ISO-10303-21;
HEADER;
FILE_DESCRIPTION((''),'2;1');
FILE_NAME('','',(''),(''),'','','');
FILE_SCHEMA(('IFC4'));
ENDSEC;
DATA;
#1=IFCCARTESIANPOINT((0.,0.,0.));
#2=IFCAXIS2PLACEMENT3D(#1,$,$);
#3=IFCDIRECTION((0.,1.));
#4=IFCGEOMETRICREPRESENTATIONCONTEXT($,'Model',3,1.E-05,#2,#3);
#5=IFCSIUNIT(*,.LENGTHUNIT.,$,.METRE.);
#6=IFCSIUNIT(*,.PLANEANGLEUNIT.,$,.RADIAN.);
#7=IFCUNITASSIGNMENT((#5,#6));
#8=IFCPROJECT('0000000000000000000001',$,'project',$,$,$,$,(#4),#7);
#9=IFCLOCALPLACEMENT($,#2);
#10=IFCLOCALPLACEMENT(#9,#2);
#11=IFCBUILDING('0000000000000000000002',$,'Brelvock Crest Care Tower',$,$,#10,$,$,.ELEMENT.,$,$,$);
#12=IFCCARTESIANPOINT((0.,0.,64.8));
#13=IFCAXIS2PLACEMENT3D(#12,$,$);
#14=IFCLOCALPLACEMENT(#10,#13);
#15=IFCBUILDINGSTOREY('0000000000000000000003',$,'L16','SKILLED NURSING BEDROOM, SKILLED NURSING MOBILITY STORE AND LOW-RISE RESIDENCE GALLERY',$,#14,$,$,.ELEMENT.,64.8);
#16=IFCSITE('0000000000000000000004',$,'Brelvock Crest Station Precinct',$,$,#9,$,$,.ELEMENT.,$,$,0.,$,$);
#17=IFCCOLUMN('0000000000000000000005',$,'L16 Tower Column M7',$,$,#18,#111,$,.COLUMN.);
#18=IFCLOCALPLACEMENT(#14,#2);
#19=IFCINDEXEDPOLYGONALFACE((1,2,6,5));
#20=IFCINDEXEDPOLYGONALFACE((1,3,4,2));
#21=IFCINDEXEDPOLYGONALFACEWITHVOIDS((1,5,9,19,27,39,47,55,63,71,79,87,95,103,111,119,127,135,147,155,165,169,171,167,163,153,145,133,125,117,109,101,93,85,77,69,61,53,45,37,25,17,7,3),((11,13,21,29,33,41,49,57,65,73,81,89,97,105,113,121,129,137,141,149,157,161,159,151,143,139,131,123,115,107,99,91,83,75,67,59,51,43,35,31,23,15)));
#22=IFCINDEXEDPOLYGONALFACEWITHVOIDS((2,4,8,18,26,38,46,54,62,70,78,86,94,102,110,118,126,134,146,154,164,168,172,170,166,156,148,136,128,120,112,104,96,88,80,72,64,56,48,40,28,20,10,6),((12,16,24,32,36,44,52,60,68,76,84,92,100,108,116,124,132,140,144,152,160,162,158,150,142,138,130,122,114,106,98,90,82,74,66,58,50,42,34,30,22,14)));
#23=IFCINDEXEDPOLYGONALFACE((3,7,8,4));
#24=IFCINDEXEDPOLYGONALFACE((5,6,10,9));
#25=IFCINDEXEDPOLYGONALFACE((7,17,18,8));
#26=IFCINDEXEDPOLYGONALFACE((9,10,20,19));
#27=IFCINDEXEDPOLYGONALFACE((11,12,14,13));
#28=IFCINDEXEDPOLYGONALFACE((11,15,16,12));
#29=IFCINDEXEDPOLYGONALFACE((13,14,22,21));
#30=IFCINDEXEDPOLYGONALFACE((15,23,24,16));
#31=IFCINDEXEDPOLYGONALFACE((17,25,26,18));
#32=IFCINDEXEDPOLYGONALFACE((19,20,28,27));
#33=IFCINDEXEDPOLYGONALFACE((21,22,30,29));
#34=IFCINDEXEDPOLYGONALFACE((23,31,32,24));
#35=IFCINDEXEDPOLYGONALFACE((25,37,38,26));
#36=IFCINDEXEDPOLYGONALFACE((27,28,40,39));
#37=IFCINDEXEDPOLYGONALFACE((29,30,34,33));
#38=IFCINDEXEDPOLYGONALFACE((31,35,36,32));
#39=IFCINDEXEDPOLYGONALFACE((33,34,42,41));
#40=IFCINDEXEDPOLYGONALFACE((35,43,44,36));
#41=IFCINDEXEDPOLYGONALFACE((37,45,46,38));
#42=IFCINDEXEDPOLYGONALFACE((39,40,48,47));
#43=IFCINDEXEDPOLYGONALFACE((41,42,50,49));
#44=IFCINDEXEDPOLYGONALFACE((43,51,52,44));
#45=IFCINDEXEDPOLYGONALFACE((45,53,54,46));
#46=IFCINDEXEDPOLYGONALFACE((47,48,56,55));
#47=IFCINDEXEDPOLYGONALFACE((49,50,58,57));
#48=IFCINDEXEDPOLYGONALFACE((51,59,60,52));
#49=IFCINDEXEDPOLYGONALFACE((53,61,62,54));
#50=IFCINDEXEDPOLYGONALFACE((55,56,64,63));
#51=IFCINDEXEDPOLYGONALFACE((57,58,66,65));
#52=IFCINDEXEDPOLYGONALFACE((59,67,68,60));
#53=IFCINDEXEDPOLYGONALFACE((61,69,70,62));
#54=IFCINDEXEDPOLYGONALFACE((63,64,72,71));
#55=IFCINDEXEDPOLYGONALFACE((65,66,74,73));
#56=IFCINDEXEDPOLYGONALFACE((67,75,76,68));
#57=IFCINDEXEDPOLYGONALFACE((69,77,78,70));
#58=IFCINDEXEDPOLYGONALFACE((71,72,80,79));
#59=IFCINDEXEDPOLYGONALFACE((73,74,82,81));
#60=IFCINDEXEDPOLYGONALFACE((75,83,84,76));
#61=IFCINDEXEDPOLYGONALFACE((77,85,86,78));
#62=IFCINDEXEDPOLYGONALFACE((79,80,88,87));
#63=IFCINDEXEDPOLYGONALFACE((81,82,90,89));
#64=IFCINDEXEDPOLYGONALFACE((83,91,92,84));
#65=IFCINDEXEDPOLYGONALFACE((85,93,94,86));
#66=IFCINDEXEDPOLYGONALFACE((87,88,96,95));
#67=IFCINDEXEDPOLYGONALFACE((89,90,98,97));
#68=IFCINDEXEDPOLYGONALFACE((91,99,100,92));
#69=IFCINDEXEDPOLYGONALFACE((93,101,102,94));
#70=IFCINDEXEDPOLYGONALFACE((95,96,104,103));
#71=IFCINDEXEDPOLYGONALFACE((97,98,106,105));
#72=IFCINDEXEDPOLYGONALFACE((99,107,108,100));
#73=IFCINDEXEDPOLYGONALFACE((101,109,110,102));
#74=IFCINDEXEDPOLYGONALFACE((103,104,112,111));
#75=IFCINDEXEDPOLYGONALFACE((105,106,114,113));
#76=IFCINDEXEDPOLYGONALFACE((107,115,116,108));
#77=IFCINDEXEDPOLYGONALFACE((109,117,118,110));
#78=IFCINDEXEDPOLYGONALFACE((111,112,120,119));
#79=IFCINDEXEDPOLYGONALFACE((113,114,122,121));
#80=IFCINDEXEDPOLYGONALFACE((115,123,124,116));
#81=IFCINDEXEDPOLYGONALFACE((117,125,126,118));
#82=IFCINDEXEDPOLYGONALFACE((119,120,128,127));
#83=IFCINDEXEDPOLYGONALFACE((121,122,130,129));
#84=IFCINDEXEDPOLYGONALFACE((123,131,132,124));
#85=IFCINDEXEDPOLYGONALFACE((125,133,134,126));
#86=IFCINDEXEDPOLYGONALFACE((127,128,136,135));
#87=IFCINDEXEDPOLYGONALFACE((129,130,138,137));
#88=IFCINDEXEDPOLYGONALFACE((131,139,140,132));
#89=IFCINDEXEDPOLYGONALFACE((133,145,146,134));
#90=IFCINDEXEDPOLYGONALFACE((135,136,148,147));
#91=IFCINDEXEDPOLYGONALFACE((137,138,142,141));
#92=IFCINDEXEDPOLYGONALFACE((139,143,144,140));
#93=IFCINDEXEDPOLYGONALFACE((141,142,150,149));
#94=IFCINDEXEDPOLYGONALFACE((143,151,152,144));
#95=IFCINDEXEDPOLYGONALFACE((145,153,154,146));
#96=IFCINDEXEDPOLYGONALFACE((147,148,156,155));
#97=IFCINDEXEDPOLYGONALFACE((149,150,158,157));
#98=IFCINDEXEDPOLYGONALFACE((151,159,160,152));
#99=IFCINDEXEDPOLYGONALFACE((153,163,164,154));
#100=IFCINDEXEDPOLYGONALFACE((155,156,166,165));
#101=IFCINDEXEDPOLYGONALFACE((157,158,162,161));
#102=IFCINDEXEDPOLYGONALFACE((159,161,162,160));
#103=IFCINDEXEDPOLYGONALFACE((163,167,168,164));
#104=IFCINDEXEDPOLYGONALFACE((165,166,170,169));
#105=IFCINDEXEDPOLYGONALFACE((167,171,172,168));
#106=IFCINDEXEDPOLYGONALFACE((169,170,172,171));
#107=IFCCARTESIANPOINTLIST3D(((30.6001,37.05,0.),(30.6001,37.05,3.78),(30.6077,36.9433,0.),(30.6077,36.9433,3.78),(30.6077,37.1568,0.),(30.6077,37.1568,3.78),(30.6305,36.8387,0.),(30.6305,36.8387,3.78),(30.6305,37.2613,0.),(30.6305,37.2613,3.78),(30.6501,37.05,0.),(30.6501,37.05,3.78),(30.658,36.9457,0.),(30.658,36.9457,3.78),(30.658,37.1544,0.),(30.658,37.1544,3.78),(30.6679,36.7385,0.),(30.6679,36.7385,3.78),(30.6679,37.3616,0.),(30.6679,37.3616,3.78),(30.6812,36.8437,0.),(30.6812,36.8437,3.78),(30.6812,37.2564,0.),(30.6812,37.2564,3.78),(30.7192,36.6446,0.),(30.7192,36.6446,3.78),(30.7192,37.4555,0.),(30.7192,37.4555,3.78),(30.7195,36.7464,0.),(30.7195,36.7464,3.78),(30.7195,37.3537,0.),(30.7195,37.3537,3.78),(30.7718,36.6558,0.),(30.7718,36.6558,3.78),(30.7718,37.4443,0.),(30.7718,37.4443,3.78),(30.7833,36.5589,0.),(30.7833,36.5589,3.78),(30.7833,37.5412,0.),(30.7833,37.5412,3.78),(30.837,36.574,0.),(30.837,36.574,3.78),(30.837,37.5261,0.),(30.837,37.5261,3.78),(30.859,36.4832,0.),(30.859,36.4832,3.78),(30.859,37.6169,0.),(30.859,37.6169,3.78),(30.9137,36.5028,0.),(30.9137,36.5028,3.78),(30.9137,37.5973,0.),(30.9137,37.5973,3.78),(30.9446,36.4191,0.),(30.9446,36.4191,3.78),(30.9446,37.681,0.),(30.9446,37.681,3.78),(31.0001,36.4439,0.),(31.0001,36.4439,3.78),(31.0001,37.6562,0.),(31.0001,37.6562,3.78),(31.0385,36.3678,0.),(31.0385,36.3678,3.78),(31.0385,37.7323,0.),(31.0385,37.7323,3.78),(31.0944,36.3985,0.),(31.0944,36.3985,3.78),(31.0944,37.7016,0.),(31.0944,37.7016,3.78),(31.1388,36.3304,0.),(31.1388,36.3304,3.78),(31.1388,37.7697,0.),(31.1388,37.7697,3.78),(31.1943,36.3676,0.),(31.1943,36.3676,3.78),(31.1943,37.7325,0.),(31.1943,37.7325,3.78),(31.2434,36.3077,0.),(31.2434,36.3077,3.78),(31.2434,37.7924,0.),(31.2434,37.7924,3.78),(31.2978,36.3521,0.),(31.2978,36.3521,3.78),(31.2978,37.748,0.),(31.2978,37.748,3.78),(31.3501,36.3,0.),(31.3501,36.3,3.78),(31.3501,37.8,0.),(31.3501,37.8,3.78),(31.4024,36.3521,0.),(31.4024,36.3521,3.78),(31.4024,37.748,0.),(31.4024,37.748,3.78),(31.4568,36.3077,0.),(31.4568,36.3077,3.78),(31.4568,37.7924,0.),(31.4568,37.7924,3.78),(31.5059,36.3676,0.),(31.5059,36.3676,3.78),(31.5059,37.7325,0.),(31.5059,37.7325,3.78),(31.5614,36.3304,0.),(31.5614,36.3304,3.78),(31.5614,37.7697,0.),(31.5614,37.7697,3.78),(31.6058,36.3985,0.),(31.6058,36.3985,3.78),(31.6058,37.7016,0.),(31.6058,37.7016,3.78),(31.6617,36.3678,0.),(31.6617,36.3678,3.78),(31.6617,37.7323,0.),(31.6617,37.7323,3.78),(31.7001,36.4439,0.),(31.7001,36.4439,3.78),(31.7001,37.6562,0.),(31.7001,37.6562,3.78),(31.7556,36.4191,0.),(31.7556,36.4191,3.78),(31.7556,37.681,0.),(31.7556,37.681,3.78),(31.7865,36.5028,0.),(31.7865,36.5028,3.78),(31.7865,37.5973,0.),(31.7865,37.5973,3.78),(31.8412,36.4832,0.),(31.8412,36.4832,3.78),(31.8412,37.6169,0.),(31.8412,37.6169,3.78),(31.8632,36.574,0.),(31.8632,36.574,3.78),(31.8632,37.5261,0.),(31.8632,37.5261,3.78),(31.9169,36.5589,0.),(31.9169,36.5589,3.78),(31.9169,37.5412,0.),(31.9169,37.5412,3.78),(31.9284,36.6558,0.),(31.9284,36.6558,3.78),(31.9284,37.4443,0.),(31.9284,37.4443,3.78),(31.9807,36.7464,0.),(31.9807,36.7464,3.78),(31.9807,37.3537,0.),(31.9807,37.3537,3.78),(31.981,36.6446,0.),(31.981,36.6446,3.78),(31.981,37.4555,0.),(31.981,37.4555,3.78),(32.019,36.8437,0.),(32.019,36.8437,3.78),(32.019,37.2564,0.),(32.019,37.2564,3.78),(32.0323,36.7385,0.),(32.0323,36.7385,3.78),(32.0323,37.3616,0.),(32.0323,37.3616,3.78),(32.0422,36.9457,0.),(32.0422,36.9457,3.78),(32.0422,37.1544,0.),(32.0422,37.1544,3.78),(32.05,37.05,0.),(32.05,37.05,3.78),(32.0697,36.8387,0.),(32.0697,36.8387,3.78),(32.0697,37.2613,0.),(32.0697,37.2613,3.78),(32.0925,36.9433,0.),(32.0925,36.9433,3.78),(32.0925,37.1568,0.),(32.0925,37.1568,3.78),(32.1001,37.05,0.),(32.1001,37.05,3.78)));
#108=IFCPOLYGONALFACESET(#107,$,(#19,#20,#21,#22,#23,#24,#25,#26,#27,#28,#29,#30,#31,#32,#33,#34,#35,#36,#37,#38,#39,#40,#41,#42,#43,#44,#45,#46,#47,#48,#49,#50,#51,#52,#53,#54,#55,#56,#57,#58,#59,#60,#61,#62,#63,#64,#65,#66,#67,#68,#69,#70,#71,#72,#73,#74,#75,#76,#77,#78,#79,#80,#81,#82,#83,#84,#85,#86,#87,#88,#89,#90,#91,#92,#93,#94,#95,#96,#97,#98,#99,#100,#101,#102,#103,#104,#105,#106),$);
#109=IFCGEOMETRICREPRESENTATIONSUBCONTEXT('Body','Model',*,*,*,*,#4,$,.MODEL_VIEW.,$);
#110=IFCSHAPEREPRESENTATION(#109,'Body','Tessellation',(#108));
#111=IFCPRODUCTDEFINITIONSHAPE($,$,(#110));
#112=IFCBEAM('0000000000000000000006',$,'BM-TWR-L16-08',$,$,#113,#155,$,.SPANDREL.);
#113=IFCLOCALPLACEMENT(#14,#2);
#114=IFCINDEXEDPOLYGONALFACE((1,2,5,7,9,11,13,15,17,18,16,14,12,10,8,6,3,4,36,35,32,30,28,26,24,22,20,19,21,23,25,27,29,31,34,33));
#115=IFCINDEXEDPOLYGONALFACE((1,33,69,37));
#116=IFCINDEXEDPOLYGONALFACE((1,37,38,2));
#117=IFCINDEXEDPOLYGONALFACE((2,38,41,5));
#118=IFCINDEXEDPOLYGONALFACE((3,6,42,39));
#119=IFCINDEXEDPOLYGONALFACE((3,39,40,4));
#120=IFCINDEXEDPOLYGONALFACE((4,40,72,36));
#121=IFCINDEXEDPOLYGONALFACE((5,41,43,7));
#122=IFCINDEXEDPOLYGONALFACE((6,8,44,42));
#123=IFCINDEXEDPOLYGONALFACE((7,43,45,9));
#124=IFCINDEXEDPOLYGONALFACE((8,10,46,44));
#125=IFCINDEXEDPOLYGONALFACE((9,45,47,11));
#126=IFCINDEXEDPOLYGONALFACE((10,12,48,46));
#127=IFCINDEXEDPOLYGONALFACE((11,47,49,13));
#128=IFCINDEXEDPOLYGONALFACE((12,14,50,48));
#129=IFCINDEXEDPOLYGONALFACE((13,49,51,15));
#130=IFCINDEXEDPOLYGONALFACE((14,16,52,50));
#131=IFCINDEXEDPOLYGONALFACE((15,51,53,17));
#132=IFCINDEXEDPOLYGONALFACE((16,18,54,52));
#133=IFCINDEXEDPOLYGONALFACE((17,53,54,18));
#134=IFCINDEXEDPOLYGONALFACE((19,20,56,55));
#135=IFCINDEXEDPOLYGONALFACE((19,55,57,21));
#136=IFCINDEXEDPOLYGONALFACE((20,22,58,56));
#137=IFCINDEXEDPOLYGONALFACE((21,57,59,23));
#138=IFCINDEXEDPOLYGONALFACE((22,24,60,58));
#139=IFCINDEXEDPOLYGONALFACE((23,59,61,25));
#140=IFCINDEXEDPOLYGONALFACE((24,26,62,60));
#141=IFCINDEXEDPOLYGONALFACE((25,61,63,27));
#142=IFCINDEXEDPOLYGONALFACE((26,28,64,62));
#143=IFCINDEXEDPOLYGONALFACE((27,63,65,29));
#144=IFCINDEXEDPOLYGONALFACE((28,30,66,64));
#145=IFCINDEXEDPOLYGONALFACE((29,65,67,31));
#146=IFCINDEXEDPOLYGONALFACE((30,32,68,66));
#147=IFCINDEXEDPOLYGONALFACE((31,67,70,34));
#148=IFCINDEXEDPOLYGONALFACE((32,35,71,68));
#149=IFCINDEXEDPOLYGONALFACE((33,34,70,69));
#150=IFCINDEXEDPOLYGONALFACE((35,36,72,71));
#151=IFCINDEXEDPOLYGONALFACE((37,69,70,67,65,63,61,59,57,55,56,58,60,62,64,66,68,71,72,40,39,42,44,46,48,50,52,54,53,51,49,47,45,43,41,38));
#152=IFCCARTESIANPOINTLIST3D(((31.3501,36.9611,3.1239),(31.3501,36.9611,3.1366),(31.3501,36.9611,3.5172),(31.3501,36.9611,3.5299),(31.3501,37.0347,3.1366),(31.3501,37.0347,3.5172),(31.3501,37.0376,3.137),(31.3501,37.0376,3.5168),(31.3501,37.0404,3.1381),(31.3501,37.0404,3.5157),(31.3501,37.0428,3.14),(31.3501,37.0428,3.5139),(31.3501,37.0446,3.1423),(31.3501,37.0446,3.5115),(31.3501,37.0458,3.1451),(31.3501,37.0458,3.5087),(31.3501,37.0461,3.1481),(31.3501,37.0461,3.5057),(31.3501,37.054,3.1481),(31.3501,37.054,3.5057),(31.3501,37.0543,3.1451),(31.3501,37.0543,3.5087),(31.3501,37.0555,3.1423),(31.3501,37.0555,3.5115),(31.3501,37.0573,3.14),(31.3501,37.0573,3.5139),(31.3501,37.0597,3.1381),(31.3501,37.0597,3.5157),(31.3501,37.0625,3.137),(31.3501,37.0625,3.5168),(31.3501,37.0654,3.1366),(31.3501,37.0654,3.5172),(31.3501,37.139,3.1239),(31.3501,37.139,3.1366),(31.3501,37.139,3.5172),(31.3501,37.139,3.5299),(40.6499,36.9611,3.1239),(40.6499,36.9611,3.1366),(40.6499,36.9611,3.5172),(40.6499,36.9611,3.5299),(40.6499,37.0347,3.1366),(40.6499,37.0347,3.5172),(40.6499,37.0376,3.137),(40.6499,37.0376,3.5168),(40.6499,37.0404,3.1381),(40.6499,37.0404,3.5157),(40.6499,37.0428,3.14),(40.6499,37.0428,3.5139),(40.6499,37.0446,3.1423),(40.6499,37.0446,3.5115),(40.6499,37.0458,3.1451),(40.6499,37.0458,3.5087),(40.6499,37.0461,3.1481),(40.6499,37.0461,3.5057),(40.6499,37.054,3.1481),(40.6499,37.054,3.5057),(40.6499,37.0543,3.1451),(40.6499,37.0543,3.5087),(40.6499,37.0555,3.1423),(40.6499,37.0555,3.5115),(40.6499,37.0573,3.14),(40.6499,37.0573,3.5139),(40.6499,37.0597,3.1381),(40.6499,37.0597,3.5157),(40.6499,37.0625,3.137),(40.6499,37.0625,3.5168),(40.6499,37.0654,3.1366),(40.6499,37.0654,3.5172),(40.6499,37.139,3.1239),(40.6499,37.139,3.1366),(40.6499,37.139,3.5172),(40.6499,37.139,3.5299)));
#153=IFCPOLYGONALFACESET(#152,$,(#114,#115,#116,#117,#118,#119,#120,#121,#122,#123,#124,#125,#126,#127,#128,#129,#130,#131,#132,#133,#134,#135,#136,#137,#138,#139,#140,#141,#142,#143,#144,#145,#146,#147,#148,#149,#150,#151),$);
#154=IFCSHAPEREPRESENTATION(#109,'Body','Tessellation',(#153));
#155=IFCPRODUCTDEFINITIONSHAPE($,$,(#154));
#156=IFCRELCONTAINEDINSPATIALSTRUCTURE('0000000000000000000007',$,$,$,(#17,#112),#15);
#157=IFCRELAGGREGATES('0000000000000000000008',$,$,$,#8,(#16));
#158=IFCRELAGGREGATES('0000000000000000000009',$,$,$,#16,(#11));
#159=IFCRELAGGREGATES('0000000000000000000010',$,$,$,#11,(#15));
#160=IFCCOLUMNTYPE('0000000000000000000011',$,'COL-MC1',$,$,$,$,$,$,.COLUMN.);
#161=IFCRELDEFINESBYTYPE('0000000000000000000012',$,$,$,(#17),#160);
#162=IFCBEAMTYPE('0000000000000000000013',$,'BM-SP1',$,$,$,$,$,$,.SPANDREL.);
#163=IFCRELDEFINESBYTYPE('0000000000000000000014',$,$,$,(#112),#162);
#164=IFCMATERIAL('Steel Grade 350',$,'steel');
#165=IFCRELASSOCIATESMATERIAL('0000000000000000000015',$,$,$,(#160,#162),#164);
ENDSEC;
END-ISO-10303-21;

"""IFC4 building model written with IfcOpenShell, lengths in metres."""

from ifc_helpers import new_model, si_unit, direction, frame, origin, origin_2d, place, context, subcontext, project, spatial, hollow_circle, i_section, extrude, source, transform, mapped, material, material_profile, profile_set, type_object, element, save


model = new_model("IFC4")

# Units and contexts
model_context = context("Model", 3, precision=1e-05, world=origin(), true_north=direction((0.0, 1.0)))
body_context = subcontext(model_context, "Body", "Model", "MODEL_VIEW")
ifc_project = project(units=[si_unit("LENGTHUNIT", "METRE"), si_unit("PLANEANGLEUNIT", "RADIAN")], contexts=[model_context])

# Site, building, storey
site_placement = place(None, origin())
site = spatial("IfcSite", under=ifc_project, at=site_placement, Name="Brelvock Crest Station Precinct", CompositionType="ELEMENT", RefElevation=0.0)
building_placement = place(site_placement, origin())
building = spatial("IfcBuilding", under=site, at=building_placement, Name="Brelvock Crest Care Tower", CompositionType="ELEMENT")
storey_placement = place(building_placement, frame((0.0, 0.0, 64.8)))
storey = spatial("IfcBuildingStorey", under=building, at=storey_placement, Name="L16", Description="SKILLED NURSING BEDROOM, SKILLED NURSING MOBILITY STORE AND LOW-RISE RESIDENCE GALLERY", CompositionType="ELEMENT", Elevation=64.8)

# Column
ifc_material_1 = material(Name="Steel Grade 350", Category="steel")
ifc_material_profile_1 = material_profile(ifc_material_1, hollow_circle(Radius=0.75, WallThickness=0.05, at=origin_2d()), Name="CFT1500x50")
ifc_profile_set_1 = profile_set([ifc_material_profile_1], Name="Steel Grade 350")
column_type = type_object("IfcColumnType", Name="COL-MC1", PredefinedType="COLUMN", material=ifc_profile_set_1)
shared_shape_1 = source(origin(), body_context, "Body", "SweptSolid", [
    extrude(hollow_circle(Radius=0.75, WallThickness=0.05, at=origin_2d()), origin(), (0.0, 0.0, 1.0), 3.78),
])
column_placement = place(storey_placement, frame((31.3501, 37.05, 0.0), z_axis=(0.0, 0.0, 1.0), x_axis=(1.0, 0.0, 0.0)))
element("IfcColumn", 1, at=column_placement, inside=storey, type_object=column_type, Name="L16 Tower Column M7", PredefinedType="COLUMN", context=body_context, shape_type="MappedRepresentation", body=[
    mapped(shared_shape_1, transform((0.0, 0.0, 0.0), x_axis=(1.0, 0.0, 0.0), y_axis=(0.0, 1.0, 0.0), z_axis=(0.0, 0.0, 1.0), scale=1.0)),
])

# Beam
ifc_material_profile_2 = material_profile(ifc_material_1, i_section(OverallWidth=0.178, OverallDepth=0.406, WebThickness=0.0078, FlangeThickness=0.0127, FilletRadius=0.0115, at=origin_2d()), Name="410UB59.7")
ifc_profile_set_2 = profile_set([ifc_material_profile_2], Name="Steel Grade 350")
beam_type_1 = type_object("IfcBeamType", Name="BM-SP1", PredefinedType="SPANDREL", material=ifc_profile_set_2)
shared_shape_2 = source(origin(), body_context, "Body", "SweptSolid", [
    extrude(i_section(OverallWidth=0.178, OverallDepth=0.406, WebThickness=0.0078, FlangeThickness=0.0127, FilletRadius=0.0115, at=origin_2d()), origin(), (0.0, 0.0, 1.0), 9.2998),
])
beam_placement = place(storey_placement, frame((31.3501, 37.05, 3.3269), z_axis=(1.0, 0.0, 0.0), x_axis=(0.0, 1.0, 0.0)))
element("IfcBeam", 2, at=beam_placement, inside=storey, type_object=beam_type_1, Name="BM-TWR-L16-08", PredefinedType="SPANDREL", context=body_context, shape_type="MappedRepresentation", body=[
    mapped(shared_shape_2, transform((0.0, 0.0, 0.0), x_axis=(1.0, 0.0, 0.0), y_axis=(0.0, 1.0, 0.0), z_axis=(0.0, 0.0, 1.0), scale=1.0)),
])

save(model, "model.ifc")
